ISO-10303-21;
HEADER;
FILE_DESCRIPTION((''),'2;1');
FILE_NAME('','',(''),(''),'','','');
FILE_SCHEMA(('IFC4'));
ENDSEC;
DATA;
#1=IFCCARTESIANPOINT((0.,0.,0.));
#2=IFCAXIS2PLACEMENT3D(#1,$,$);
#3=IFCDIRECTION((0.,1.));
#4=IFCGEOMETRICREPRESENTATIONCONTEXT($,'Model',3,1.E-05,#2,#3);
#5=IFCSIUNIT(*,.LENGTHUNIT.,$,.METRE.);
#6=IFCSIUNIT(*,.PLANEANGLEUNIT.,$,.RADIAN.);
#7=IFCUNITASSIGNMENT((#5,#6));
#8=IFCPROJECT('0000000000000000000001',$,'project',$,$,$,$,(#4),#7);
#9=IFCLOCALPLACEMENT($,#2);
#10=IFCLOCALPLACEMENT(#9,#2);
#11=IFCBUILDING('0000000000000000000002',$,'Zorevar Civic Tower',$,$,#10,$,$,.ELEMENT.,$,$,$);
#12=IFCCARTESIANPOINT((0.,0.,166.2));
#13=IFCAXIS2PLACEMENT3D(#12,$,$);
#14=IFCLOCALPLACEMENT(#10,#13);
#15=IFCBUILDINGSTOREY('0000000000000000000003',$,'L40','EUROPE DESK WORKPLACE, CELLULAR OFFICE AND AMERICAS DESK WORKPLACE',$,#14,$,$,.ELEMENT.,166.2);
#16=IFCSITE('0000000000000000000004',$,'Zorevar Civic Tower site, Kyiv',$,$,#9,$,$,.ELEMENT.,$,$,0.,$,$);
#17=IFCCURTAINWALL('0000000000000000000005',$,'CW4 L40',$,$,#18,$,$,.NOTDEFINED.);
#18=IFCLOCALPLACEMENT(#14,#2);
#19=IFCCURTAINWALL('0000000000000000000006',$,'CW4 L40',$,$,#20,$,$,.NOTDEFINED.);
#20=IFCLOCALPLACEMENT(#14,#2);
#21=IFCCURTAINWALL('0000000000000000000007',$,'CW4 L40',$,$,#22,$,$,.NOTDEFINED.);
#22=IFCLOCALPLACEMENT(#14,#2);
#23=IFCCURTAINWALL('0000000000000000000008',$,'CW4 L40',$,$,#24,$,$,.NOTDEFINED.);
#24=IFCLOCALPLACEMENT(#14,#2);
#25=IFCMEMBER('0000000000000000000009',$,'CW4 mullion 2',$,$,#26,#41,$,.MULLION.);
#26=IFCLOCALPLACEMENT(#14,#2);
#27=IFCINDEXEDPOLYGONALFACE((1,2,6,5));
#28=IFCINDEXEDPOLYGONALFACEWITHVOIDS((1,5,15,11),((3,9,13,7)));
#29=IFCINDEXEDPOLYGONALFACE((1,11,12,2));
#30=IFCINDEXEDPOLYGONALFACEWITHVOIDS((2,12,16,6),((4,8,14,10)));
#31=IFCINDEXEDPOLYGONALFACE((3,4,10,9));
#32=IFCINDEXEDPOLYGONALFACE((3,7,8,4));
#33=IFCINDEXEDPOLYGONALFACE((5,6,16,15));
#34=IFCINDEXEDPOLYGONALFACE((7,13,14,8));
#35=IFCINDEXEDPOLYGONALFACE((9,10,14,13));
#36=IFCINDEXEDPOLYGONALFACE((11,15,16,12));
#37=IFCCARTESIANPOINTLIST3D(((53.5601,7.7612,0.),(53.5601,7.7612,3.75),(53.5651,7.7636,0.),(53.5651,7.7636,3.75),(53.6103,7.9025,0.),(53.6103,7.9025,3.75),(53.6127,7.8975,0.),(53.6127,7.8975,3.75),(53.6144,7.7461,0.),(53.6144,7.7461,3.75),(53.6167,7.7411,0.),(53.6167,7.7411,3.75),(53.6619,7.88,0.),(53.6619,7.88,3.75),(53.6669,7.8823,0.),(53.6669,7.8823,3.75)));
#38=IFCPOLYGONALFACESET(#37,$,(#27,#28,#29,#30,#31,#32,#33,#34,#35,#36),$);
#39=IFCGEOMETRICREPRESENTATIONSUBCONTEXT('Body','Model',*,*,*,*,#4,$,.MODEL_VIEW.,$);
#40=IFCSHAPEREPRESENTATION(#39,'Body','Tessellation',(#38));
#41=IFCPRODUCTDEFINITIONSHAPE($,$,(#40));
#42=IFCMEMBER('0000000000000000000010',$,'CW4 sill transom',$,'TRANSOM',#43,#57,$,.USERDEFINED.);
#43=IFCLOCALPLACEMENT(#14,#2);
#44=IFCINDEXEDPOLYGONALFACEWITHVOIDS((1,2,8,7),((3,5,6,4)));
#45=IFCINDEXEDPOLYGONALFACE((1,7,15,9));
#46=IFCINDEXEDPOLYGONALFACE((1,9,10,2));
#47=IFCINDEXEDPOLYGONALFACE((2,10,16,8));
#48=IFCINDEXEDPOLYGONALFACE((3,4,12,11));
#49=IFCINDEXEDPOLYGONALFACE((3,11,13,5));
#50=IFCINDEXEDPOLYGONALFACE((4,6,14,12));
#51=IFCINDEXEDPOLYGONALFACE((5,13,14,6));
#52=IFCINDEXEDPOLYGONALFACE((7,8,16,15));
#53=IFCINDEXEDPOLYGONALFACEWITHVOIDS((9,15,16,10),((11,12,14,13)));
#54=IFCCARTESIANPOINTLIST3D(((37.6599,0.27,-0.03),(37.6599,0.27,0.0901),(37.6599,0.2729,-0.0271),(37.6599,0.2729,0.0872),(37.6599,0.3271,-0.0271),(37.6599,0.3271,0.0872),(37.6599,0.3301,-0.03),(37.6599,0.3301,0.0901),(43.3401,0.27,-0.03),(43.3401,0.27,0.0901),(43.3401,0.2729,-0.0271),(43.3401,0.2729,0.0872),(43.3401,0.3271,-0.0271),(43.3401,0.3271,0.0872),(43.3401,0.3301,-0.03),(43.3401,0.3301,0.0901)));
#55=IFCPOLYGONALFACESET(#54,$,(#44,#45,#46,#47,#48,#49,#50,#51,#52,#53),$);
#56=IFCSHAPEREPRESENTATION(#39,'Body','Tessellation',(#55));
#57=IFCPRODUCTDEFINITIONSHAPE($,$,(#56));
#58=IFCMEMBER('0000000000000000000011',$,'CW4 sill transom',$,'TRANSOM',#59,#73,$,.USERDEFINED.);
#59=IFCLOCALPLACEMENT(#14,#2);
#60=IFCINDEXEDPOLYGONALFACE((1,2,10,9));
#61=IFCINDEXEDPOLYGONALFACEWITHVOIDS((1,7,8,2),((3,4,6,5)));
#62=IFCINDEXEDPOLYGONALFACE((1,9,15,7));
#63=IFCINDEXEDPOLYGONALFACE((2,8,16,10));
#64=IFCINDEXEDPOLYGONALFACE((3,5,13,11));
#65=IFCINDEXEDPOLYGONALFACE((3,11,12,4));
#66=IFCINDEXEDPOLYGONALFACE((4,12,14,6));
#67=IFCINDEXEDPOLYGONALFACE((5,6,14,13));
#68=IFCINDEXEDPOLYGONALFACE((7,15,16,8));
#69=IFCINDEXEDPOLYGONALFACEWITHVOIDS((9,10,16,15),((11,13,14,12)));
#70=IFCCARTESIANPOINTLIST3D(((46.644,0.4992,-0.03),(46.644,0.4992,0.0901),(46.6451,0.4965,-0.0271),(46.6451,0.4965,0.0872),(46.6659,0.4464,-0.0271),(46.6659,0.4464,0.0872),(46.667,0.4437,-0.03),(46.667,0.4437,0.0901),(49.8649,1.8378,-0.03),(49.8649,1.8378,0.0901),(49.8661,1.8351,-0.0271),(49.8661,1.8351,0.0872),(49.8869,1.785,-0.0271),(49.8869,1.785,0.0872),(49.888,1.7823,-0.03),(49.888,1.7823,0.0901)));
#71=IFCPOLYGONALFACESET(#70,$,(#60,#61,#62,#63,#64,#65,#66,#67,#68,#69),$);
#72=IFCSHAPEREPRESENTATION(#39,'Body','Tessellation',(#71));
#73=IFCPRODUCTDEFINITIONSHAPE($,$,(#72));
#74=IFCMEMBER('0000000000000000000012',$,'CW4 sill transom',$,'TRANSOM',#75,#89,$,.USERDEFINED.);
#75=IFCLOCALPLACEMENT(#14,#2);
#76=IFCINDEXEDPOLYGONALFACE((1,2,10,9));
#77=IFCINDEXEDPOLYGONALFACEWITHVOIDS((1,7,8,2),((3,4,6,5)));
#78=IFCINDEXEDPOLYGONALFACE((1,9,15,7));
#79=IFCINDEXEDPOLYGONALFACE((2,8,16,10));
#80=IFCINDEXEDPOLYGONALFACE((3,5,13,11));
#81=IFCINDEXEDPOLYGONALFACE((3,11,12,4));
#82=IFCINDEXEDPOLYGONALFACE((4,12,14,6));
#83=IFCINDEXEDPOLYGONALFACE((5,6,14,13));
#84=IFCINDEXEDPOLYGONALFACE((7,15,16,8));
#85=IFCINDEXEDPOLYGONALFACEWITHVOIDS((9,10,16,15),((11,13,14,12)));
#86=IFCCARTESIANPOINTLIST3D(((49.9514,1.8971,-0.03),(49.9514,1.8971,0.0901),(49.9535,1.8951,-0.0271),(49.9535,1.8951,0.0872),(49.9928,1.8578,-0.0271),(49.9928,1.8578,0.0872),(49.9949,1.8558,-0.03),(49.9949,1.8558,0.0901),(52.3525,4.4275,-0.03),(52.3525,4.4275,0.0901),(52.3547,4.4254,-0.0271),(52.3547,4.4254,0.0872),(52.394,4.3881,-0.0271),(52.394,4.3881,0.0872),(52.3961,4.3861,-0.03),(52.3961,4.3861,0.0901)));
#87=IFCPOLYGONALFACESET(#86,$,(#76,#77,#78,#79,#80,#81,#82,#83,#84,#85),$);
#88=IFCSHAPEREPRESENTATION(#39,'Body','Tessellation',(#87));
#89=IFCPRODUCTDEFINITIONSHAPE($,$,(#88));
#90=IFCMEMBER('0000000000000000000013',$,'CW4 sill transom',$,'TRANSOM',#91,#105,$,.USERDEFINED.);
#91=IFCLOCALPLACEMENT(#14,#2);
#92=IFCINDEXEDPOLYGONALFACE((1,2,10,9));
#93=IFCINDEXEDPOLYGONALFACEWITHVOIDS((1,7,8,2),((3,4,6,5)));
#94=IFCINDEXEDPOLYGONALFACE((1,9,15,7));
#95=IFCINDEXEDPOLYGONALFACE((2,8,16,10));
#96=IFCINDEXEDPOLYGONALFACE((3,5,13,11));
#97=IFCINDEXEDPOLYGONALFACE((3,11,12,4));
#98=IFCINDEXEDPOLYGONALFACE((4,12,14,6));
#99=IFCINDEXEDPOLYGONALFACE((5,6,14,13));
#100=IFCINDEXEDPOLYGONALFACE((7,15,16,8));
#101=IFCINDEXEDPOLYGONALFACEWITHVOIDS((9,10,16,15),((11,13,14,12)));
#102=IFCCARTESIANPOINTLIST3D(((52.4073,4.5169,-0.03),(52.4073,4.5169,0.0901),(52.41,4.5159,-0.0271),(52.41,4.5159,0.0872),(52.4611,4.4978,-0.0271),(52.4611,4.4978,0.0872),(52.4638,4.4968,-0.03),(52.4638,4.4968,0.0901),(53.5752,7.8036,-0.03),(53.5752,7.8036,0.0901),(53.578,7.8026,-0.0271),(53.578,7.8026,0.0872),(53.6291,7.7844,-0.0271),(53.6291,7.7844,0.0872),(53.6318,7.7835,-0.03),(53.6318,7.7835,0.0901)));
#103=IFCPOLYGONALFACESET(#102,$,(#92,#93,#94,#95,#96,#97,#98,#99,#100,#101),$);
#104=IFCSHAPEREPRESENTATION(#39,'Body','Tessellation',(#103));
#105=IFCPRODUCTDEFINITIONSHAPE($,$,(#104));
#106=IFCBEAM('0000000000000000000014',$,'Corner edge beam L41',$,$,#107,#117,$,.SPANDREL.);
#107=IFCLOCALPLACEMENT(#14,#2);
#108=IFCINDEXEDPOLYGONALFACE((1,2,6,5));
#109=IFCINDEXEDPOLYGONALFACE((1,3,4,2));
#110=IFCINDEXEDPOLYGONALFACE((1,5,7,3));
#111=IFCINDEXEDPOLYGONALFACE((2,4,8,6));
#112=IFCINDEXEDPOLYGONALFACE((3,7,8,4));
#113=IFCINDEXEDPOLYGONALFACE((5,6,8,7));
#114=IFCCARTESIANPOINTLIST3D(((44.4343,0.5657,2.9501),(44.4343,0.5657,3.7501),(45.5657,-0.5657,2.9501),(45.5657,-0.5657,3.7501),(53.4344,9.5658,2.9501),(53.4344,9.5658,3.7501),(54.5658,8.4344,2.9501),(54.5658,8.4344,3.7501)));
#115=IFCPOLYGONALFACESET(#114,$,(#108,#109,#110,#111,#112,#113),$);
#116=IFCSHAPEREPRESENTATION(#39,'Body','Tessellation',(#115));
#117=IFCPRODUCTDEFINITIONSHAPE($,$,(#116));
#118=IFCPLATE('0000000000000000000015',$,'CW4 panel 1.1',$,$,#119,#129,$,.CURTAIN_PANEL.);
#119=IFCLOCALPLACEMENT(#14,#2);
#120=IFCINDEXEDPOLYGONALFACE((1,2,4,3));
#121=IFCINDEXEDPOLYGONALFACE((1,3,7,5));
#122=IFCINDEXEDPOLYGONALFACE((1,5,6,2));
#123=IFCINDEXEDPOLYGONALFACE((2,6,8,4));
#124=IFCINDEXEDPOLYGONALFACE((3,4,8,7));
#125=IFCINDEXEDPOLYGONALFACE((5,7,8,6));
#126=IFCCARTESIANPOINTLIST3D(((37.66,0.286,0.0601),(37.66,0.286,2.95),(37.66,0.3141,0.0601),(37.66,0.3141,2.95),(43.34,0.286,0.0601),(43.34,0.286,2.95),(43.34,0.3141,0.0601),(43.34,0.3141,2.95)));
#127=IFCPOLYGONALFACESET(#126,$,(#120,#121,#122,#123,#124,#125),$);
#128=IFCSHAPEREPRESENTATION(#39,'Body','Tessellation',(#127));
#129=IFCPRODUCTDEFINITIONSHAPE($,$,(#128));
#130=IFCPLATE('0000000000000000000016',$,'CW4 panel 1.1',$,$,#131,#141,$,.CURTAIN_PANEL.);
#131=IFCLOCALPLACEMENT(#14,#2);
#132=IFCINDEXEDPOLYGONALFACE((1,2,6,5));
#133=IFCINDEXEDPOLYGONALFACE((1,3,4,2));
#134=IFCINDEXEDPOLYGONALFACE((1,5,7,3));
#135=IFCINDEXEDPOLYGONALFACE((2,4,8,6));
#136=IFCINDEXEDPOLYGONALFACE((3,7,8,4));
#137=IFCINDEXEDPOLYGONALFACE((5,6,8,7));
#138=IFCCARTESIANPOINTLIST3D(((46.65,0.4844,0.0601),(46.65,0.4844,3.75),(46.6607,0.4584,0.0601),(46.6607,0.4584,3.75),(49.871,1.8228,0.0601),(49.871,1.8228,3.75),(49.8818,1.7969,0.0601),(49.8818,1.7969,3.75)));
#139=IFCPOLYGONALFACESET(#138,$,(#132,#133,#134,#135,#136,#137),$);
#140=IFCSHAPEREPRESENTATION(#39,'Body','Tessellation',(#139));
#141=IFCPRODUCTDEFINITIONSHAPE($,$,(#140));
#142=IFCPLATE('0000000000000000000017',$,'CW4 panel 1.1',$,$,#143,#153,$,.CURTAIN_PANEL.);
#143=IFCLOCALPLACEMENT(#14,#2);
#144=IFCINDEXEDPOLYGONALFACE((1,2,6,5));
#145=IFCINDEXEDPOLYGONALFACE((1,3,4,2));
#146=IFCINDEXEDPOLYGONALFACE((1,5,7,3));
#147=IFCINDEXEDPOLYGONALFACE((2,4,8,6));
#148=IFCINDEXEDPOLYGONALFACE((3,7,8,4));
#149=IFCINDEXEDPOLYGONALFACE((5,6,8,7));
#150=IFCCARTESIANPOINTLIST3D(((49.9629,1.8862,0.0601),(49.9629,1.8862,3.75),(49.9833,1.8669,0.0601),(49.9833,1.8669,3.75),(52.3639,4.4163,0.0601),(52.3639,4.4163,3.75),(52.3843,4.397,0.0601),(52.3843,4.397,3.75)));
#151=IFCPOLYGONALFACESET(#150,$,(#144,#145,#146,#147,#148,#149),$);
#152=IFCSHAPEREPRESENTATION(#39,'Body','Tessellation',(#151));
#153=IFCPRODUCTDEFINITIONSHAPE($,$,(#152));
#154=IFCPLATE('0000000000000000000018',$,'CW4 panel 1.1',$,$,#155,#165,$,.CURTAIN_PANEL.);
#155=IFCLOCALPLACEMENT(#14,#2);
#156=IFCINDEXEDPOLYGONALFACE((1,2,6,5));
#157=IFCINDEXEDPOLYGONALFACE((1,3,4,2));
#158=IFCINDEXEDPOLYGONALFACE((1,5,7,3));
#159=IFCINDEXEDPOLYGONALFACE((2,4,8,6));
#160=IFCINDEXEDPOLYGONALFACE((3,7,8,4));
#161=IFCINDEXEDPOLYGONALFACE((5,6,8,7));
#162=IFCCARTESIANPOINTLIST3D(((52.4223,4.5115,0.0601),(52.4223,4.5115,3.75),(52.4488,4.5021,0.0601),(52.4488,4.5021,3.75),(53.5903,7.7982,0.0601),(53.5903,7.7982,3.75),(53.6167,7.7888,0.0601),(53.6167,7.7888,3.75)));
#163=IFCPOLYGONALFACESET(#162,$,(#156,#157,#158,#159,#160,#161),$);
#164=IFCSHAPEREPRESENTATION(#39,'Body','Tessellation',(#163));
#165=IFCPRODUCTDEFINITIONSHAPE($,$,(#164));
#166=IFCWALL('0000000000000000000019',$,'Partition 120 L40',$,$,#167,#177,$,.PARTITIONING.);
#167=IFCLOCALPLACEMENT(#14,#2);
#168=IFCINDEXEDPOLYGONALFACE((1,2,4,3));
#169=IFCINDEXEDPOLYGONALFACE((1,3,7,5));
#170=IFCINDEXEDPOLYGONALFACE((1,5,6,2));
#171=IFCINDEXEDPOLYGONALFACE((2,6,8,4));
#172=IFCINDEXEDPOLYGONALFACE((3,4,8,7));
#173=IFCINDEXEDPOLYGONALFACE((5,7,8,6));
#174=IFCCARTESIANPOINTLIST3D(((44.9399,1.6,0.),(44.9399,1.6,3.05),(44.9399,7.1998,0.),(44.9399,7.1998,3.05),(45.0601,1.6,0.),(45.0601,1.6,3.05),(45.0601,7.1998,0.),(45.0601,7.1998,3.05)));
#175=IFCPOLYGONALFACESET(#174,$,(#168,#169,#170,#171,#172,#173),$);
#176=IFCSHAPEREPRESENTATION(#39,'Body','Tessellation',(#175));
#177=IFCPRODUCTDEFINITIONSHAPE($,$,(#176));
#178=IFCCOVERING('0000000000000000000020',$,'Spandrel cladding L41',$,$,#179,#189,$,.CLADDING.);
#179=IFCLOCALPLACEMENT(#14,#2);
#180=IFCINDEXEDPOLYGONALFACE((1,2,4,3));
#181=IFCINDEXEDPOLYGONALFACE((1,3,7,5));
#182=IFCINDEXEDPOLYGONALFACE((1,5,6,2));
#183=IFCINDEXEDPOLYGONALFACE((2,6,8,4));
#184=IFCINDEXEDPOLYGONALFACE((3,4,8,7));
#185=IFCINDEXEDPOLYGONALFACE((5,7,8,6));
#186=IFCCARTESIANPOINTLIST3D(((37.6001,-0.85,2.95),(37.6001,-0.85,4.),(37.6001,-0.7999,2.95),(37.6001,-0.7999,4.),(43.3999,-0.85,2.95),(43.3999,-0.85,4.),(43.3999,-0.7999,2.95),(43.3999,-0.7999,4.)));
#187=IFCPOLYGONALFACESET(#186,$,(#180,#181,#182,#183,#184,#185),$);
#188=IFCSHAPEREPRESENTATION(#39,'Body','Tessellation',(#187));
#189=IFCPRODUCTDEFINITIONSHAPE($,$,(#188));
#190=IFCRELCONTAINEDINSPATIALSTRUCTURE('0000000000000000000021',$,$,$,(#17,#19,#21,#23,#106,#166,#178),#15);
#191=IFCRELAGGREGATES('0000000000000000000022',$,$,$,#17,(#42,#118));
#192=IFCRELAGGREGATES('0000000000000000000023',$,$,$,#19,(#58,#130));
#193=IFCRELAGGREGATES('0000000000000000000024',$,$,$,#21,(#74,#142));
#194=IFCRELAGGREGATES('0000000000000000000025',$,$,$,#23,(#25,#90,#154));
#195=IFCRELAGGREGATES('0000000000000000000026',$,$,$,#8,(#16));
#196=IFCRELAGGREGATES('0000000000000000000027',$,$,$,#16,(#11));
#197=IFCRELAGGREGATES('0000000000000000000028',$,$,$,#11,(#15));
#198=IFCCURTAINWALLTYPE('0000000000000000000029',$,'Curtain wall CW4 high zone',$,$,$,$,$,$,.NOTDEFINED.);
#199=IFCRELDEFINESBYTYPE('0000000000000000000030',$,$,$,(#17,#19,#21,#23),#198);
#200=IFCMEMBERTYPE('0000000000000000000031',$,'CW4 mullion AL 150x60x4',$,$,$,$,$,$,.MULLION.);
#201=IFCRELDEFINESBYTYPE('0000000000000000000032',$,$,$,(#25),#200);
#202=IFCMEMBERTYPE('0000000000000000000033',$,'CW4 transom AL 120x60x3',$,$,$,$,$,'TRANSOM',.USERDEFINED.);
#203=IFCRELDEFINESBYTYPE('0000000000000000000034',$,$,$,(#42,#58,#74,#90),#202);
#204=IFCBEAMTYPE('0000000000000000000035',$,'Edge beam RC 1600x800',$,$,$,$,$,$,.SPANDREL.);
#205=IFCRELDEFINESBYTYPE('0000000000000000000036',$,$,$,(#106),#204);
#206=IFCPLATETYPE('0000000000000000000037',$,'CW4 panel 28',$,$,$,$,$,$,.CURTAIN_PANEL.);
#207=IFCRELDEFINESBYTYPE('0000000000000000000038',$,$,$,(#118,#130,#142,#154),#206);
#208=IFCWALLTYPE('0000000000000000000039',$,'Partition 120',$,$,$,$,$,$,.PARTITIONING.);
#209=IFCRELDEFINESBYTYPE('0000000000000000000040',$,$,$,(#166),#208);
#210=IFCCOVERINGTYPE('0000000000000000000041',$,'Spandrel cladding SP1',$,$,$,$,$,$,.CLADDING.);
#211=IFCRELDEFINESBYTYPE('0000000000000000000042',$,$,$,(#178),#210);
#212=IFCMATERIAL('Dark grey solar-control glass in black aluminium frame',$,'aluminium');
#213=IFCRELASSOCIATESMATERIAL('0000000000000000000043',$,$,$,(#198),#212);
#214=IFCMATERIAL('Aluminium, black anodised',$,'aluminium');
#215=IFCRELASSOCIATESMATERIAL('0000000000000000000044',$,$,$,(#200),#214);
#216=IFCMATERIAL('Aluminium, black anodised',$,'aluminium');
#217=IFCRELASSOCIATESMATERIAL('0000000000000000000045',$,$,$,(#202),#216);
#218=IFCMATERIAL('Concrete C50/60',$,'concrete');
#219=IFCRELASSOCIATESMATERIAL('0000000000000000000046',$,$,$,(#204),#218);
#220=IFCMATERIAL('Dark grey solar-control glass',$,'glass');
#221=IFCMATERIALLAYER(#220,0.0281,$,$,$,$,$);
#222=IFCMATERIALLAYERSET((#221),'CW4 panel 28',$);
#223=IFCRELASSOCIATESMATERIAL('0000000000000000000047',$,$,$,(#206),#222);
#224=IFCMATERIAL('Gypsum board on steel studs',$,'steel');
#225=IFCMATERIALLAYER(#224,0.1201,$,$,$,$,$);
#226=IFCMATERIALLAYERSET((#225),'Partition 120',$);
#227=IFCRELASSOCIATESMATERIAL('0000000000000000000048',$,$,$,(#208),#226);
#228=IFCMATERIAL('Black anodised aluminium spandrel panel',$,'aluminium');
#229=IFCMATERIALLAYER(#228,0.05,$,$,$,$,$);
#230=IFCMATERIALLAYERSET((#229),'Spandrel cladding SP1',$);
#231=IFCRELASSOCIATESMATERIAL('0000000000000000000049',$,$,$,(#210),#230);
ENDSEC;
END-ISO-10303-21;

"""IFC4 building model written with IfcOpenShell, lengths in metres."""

from ifc_helpers import new_model, si_unit, direction, frame, frame_2d, origin, origin_2d, place, context, subcontext, project, spatial, rectangle, hollow_rectangle, extrude, material, layer, layer_set, material_profile, profile_set, type_object, element, aggregate, save


model = new_model("IFC4")

# Units and contexts
model_context = context("Model", 3, precision=1e-05, world=origin(), true_north=direction((0.0, 1.0)))
body_context = subcontext(model_context, "Body", "Model", "MODEL_VIEW")
ifc_project = project(units=[si_unit("LENGTHUNIT", "METRE"), si_unit("PLANEANGLEUNIT", "RADIAN")], contexts=[model_context])

# Site, building, storey
site_placement = place(None, origin())
site = spatial("IfcSite", under=ifc_project, at=site_placement, Name="Zorevar Civic Tower site, Kyiv", CompositionType="ELEMENT", RefElevation=0.0)
building_placement = place(site_placement, origin())
building = spatial("IfcBuilding", under=site, at=building_placement, Name="Zorevar Civic Tower", CompositionType="ELEMENT")
storey_placement = place(building_placement, frame((0.0, 0.0, 166.2)))
storey = spatial("IfcBuildingStorey", under=building, at=storey_placement, Name="L40", Description="EUROPE DESK WORKPLACE, CELLULAR OFFICE AND AMERICAS DESK WORKPLACE", CompositionType="ELEMENT", Elevation=166.2)

# Curtain walls, member
ifc_material_1 = material(Name="Dark grey solar-control glass in black aluminium frame", Category="aluminium")
curtain_wall_type = type_object("IfcCurtainWallType", Name="Curtain wall CW4 high zone", PredefinedType="NOTDEFINED", material=ifc_material_1)
curtain_wall_1_placement = place(storey_placement, origin())
curtain_wall_1 = element("IfcCurtainWall", 1, at=curtain_wall_1_placement, inside=storey, type_object=curtain_wall_type, Name="CW4 L40", PredefinedType="NOTDEFINED")
ifc_material_2 = material(Name="Aluminium, black anodised", Category="aluminium")
ifc_material_profile_1 = material_profile(ifc_material_2, hollow_rectangle(XDim=0.0601, YDim=0.1499, WallThickness=0.0039, at=origin_2d()), Name="AL 150x60x4")
ifc_profile_set_1 = profile_set([ifc_material_profile_1], Name="Aluminium, black anodised")
member_type_1 = type_object("IfcMemberType", Name="CW4 mullion AL 150x60x4", PredefinedType="MULLION", material=ifc_profile_set_1)
curtain_wall_2_placement = place(storey_placement, origin())
curtain_wall_2 = element("IfcCurtainWall", 2, at=curtain_wall_2_placement, inside=storey, type_object=curtain_wall_type, Name="CW4 L40", PredefinedType="NOTDEFINED")
curtain_wall_3_placement = place(storey_placement, origin())
curtain_wall_3 = element("IfcCurtainWall", 3, at=curtain_wall_3_placement, inside=storey, type_object=curtain_wall_type, Name="CW4 L40", PredefinedType="NOTDEFINED")
curtain_wall_4_placement = place(storey_placement, origin())
curtain_wall_4 = element("IfcCurtainWall", 4, at=curtain_wall_4_placement, inside=storey, type_object=curtain_wall_type, Name="CW4 L40", PredefinedType="NOTDEFINED")
member_1_placement = place(storey_placement, frame((53.6135, 7.8218, 0.0), z_axis=(0.0, 0.0, 1.0), x_axis=(-0.942273, 0.334845, 0.0)))
member_1 = element("IfcMember", 5, at=member_1_placement, type_object=member_type_1, Name="CW4 mullion 2", PredefinedType="MULLION", context=body_context, shape_type="SweptSolid", body=[
    extrude(hollow_rectangle(XDim=0.0601, YDim=0.1499, WallThickness=0.0039, at=origin_2d()), origin(), (0.0, 0.0, 1.0), 3.75),
])

# Members
ifc_material_3 = material(Name="Aluminium, black anodised", Category="aluminium")
ifc_material_profile_2 = material_profile(ifc_material_3, hollow_rectangle(XDim=0.0601, YDim=0.1201, WallThickness=0.0029, at=origin_2d()), Name="AL 120x60x3")
ifc_profile_set_2 = profile_set([ifc_material_profile_2], Name="Aluminium, black anodised")
member_type_2 = type_object("IfcMemberType", Name="CW4 transom AL 120x60x3", ElementType="TRANSOM", PredefinedType="USERDEFINED", material=ifc_profile_set_2)
member_2_placement = place(storey_placement, frame((37.6599, 0.3, 0.03), z_axis=(1.0, 0.0, 0.0), x_axis=(0.0, 1.0, 0.0)))
member_2 = element("IfcMember", 6, at=member_2_placement, type_object=member_type_2, Name="CW4 sill transom", ObjectType="TRANSOM", PredefinedType="USERDEFINED", context=body_context, shape_type="SweptSolid", body=[
    extrude(hollow_rectangle(XDim=0.0601, YDim=0.1201, WallThickness=0.0029, at=origin_2d()), origin(), (0.0, 0.0, 1.0), 5.6802),
])
member_3_placement = place(storey_placement, frame((46.6555, 0.4714, 0.03), z_axis=(0.923427, 0.383775, 0.0), x_axis=(-0.383775, 0.923427, 0.0)))
member_3 = element("IfcMember", 7, at=member_3_placement, type_object=member_type_2, Name="CW4 sill transom", ObjectType="TRANSOM", PredefinedType="USERDEFINED", context=body_context, shape_type="SweptSolid", body=[
    extrude(hollow_rectangle(XDim=0.0601, YDim=0.1201, WallThickness=0.0029, at=origin_2d()), origin(), (0.0, 0.0, 1.0), 3.488),
])
member_4_placement = place(storey_placement, frame((49.9731, 1.8765, 0.03), z_axis=(0.688352, 0.725377, 0.0), x_axis=(-0.725377, 0.688352, 0.0)))
member_4 = element("IfcMember", 8, at=member_4_placement, type_object=member_type_2, Name="CW4 sill transom", ObjectType="TRANSOM", PredefinedType="USERDEFINED", context=body_context, shape_type="SweptSolid", body=[
    extrude(hollow_rectangle(XDim=0.0601, YDim=0.1201, WallThickness=0.0029, at=origin_2d()), origin(), (0.0, 0.0, 1.0), 3.4883),
])
member_5_placement = place(storey_placement, frame((52.4355, 4.5068, 0.03), z_axis=(0.334855, 0.94227, 0.0), x_axis=(-0.94227, 0.334855, 0.0)))
member_5 = element("IfcMember", 9, at=member_5_placement, type_object=member_type_2, Name="CW4 sill transom", ObjectType="TRANSOM", PredefinedType="USERDEFINED", context=body_context, shape_type="SweptSolid", body=[
    extrude(hollow_rectangle(XDim=0.0601, YDim=0.1201, WallThickness=0.0029, at=origin_2d()), origin(), (0.0, 0.0, 1.0), 3.488),
])

# Beam
ifc_material_4 = material(Name="Concrete C50/60", Category="concrete")
ifc_material_profile_3 = material_profile(ifc_material_4, rectangle(XDim=1.6001, YDim=0.8, at=origin_2d()), Name="RC 1600x800")
ifc_profile_set_3 = profile_set([ifc_material_profile_3], Name="Concrete C50/60")
beam_type_1 = type_object("IfcBeamType", Name="Edge beam RC 1600x800", PredefinedType="SPANDREL", material=ifc_profile_set_3)
beam_1_placement = place(storey_placement, frame((45.0, 0.0, 3.3501), z_axis=(0.707107, 0.707107, 0.0), x_axis=(-0.707107, 0.707107, 0.0)))
element("IfcBeam", 10, at=beam_1_placement, inside=storey, type_object=beam_type_1, Name="Corner edge beam L41", PredefinedType="SPANDREL", context=body_context, shape_type="SweptSolid", body=[
    extrude(rectangle(XDim=1.6001, YDim=0.8, at=origin_2d()), origin(), (0.0, 0.0, 1.0), 12.728),
])

# Plates
ifc_material_5 = material(Name="Dark grey solar-control glass", Category="glass")
ifc_layer_1 = layer(ifc_material_5, 0.0281)
ifc_layer_set_1 = layer_set([ifc_layer_1], Name="CW4 panel 28")
plate_type = type_object("IfcPlateType", Name="CW4 panel 28", PredefinedType="CURTAIN_PANEL", material=ifc_layer_set_1)
plate_1_placement = place(storey_placement, frame((40.5, 0.3, 0.0601), z_axis=(0.0, 0.0, 1.0), x_axis=(1.0, 0.0, 0.0)))
plate_1 = element("IfcPlate", 11, at=plate_1_placement, type_object=plate_type, Name="CW4 panel 1.1", PredefinedType="CURTAIN_PANEL", context=body_context, shape_type="SweptSolid", body=[
    extrude(rectangle(XDim=5.6799, YDim=0.0281, at=origin_2d()), origin(), (0.0, 0.0, 1.0), 2.8899),
])
aggregate(curtain_wall_1, [member_2, plate_1])
plate_2_placement = place(storey_placement, frame((48.2659, 1.1406, 0.0601), z_axis=(0.0, 0.0, 1.0), x_axis=(0.923446, 0.383728, 0.0)))
plate_2 = element("IfcPlate", 12, at=plate_2_placement, type_object=plate_type, Name="CW4 panel 1.1", PredefinedType="CURTAIN_PANEL", context=body_context, shape_type="SweptSolid", body=[
    extrude(rectangle(XDim=3.488, YDim=0.0281, at=origin_2d()), origin(), (0.0, 0.0, 1.0), 3.6899),
])
aggregate(curtain_wall_2, [member_3, plate_2])
plate_3_placement = place(storey_placement, frame((51.1736, 3.1416, 0.0601), z_axis=(0.0, 0.0, 1.0), x_axis=(0.688344, 0.725384, 0.0)))
plate_3 = element("IfcPlate", 13, at=plate_3_placement, type_object=plate_type, Name="CW4 panel 1.1", PredefinedType="CURTAIN_PANEL", context=body_context, shape_type="SweptSolid", body=[
    extrude(rectangle(XDim=3.488, YDim=0.0281, at=origin_2d()), origin(), (0.0, 0.0, 1.0), 3.6899),
])
aggregate(curtain_wall_3, [member_4, plate_3])
plate_4_placement = place(storey_placement, frame((53.0195, 6.1501, 0.0601), z_axis=(0.0, 0.0, 1.0), x_axis=(0.334845, 0.942273, 0.0)))
plate_4 = element("IfcPlate", 14, at=plate_4_placement, type_object=plate_type, Name="CW4 panel 1.1", PredefinedType="CURTAIN_PANEL", context=body_context, shape_type="SweptSolid", body=[
    extrude(rectangle(XDim=3.488, YDim=0.0281, at=origin_2d()), origin(), (0.0, 0.0, 1.0), 3.6899),
])
aggregate(curtain_wall_4, [member_1, member_5, plate_4])

# Wall
ifc_material_6 = material(Name="Gypsum board on steel studs", Category="steel")
ifc_layer_2 = layer(ifc_material_6, 0.1201)
ifc_layer_set_2 = layer_set([ifc_layer_2], Name="Partition 120")
wall_type = type_object("IfcWallType", Name="Partition 120", PredefinedType="PARTITIONING", material=ifc_layer_set_2)
wall_placement = place(storey_placement, frame((45.0, 1.6001, 0.0), z_axis=(0.0, 0.0, 1.0), x_axis=(0.0, 1.0, 0.0)))
element("IfcWall", 15, at=wall_placement, inside=storey, type_object=wall_type, Name="Partition 120 L40", PredefinedType="PARTITIONING", context=body_context, shape_type="SweptSolid", body=[
    extrude(rectangle(XDim=5.5999, YDim=0.1201, at=frame_2d((2.7998, 0.0))), origin(), (0.0, 0.0, 1.0), 3.05),
])

# Covering
ifc_material_7 = material(Name="Black anodised aluminium spandrel panel", Category="aluminium")
ifc_layer_3 = layer(ifc_material_7, 0.05)
ifc_layer_set_3 = layer_set([ifc_layer_3], Name="Spandrel cladding SP1")
covering_type = type_object("IfcCoveringType", Name="Spandrel cladding SP1", PredefinedType="CLADDING", material=ifc_layer_set_3)
covering_placement = place(storey_placement, frame((37.6001, -0.825, 2.95), z_axis=(0.0, 0.0, 1.0), x_axis=(1.0, 0.0, 0.0)))
element("IfcCovering", 16, at=covering_placement, inside=storey, type_object=covering_type, Name="Spandrel cladding L41", PredefinedType="CLADDING", context=body_context, shape_type="SweptSolid", body=[
    extrude(rectangle(XDim=5.7998, YDim=0.05, at=frame_2d((2.8999, 0.0))), origin(), (0.0, 0.0, 1.0), 1.05),
])

save(model, "model.ifc")
